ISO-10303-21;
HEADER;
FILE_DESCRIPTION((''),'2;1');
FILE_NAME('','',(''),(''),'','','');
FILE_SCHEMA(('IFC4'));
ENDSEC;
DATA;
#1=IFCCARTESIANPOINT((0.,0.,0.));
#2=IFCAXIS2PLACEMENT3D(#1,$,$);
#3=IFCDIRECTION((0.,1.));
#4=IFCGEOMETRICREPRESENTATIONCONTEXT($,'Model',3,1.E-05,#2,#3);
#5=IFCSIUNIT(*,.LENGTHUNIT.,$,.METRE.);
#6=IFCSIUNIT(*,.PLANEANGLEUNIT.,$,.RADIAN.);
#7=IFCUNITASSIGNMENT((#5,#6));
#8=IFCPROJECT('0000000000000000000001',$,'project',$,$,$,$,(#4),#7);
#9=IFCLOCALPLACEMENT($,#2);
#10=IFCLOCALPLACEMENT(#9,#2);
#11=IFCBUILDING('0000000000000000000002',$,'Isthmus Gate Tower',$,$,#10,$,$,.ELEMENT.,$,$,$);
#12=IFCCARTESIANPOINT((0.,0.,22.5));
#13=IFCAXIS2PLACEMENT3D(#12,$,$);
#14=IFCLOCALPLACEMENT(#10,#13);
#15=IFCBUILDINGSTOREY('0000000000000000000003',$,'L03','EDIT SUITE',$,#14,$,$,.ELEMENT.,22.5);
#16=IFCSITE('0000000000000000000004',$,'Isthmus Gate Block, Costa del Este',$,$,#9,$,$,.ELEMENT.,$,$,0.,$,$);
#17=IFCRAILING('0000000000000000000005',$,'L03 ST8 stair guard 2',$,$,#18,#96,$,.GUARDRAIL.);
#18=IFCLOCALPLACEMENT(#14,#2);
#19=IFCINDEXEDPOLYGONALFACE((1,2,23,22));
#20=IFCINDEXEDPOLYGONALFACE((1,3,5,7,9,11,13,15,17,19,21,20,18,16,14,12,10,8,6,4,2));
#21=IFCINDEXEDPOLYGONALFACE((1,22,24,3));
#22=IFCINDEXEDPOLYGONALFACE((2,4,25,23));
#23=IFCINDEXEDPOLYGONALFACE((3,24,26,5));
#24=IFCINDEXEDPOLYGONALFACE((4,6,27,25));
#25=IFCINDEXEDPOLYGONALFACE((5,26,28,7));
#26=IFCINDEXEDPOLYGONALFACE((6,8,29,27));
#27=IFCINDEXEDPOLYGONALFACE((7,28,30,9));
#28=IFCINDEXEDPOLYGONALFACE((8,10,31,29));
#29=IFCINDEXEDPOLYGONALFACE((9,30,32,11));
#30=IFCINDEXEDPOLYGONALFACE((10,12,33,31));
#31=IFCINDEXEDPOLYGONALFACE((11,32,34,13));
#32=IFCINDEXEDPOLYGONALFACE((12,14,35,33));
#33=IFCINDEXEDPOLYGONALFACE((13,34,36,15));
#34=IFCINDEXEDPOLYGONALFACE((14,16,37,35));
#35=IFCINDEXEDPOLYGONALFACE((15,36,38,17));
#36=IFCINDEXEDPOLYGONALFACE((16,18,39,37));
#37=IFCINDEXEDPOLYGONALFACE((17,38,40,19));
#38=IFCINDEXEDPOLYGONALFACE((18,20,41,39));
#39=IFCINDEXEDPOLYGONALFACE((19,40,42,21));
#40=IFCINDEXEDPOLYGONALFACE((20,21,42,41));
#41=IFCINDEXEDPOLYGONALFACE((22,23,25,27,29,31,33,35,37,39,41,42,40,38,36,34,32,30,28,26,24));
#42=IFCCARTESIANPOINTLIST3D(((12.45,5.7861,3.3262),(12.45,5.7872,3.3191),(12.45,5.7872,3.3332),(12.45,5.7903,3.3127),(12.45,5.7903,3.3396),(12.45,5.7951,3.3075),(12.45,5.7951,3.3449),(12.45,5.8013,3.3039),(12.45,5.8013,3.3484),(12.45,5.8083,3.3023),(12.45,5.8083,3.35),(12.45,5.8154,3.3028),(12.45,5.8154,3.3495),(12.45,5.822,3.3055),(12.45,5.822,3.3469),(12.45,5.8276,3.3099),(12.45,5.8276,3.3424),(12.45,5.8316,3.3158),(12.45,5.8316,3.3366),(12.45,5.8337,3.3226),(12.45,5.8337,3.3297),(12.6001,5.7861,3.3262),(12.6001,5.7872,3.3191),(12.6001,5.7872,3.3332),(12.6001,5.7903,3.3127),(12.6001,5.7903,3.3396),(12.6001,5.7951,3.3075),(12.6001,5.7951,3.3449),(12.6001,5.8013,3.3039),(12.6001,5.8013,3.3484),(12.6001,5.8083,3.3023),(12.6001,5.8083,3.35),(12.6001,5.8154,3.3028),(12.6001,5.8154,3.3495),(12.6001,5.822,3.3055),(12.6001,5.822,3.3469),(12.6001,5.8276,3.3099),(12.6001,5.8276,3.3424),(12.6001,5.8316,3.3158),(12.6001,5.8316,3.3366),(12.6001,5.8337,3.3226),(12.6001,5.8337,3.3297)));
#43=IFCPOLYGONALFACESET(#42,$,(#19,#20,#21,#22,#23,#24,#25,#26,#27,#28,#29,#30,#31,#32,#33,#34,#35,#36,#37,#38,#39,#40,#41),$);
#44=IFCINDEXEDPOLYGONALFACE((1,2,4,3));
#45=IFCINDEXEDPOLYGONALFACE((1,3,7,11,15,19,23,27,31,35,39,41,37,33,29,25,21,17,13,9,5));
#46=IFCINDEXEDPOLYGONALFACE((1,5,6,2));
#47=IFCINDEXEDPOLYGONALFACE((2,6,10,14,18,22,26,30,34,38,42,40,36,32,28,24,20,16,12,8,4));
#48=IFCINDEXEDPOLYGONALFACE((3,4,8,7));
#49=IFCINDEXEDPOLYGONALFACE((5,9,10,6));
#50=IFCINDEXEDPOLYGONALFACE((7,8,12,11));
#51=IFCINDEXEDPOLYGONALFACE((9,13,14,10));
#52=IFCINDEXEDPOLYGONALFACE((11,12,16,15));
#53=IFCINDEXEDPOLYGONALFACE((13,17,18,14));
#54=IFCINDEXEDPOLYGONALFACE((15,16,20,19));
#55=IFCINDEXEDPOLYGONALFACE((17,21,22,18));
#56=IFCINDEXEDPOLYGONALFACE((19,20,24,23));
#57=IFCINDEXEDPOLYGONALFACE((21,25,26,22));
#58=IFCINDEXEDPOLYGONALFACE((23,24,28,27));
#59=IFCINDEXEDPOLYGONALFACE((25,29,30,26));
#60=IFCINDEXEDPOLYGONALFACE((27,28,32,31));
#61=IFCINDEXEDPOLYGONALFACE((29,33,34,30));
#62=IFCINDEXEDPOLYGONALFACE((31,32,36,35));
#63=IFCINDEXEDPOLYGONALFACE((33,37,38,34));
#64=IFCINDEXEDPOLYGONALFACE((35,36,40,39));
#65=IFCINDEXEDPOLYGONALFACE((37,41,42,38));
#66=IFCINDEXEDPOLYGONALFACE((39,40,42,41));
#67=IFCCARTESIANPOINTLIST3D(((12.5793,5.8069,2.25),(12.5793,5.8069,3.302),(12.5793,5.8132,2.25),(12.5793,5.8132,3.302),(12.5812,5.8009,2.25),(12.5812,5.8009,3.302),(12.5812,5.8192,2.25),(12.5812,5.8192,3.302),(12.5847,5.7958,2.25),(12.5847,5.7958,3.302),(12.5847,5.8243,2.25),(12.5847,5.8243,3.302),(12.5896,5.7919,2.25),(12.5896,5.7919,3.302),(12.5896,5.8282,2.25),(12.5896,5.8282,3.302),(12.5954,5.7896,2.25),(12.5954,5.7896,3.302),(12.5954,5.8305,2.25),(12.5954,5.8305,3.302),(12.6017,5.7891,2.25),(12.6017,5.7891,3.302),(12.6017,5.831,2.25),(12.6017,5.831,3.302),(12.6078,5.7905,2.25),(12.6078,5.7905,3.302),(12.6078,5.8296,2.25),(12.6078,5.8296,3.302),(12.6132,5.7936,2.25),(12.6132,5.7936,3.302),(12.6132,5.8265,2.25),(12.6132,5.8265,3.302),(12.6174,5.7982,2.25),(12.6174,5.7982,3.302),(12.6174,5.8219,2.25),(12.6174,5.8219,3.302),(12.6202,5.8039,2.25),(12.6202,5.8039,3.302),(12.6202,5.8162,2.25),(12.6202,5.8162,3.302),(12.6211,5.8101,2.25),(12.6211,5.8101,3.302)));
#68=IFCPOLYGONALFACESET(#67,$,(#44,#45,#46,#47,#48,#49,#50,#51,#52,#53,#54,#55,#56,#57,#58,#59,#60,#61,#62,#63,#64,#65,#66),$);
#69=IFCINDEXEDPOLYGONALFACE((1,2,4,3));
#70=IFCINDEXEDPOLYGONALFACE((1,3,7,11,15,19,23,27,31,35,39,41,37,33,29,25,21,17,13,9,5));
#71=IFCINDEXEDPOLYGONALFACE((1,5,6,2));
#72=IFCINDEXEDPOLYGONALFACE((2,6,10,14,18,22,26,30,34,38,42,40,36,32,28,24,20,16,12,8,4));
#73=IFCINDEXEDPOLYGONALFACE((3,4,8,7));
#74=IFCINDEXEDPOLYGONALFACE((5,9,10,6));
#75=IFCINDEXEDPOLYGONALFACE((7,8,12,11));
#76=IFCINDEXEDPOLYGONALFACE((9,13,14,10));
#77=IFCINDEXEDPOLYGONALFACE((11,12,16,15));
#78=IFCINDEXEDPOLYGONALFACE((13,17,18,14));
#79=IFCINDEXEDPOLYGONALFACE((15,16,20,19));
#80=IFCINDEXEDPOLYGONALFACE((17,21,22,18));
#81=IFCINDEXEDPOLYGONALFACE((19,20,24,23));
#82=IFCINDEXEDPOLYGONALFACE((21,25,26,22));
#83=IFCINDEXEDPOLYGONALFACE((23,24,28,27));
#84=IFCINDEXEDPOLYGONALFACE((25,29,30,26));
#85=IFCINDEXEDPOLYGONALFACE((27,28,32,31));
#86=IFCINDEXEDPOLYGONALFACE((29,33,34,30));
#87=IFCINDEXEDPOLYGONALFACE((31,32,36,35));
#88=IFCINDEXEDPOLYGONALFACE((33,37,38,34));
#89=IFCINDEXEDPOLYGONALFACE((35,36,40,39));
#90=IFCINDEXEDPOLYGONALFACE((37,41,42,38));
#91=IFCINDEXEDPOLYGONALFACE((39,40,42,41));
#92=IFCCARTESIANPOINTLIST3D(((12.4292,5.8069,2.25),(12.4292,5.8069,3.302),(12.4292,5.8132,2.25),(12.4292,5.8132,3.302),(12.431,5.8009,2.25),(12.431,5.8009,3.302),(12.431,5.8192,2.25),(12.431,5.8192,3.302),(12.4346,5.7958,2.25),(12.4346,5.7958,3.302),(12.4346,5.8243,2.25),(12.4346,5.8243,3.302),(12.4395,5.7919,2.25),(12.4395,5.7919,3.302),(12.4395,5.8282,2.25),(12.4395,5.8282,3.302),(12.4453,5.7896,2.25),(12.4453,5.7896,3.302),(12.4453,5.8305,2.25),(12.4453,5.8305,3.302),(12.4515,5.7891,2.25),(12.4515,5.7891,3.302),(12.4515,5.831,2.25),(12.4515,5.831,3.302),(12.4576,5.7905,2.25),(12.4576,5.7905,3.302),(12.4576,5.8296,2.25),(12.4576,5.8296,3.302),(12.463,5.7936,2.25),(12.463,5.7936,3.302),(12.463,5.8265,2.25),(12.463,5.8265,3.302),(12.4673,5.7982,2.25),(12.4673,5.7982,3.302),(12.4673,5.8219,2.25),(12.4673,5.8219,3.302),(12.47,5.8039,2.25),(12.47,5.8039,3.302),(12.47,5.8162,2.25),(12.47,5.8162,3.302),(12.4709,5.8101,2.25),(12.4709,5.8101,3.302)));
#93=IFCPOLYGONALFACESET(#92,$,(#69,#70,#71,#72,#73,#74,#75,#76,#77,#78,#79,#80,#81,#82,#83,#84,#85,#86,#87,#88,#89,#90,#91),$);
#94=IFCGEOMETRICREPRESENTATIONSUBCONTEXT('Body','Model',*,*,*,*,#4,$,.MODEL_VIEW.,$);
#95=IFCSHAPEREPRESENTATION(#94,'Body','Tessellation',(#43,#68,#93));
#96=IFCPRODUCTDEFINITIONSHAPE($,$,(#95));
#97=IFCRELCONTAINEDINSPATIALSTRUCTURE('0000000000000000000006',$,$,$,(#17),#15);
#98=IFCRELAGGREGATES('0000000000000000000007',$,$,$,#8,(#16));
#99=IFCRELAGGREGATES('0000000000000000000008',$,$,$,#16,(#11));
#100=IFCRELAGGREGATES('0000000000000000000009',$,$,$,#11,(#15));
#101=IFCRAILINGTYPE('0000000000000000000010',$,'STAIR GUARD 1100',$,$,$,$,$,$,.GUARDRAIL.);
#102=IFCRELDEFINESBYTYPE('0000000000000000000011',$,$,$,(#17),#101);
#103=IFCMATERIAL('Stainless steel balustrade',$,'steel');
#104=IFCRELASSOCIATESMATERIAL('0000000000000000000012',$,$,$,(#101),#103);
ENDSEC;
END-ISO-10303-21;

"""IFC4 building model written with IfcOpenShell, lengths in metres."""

from ifc_helpers import new_model, si_unit, direction, frame, origin, origin_2d, place, context, subcontext, project, spatial, circle, extrude, material, type_object, element, save


model = new_model("IFC4")

# Units and contexts
model_context = context("Model", 3, precision=1e-05, world=origin(), true_north=direction((0.0, 1.0)))
body_context = subcontext(model_context, "Body", "Model", "MODEL_VIEW")
ifc_project = project(units=[si_unit("LENGTHUNIT", "METRE"), si_unit("PLANEANGLEUNIT", "RADIAN")], contexts=[model_context])

# Site, building, storey
site_placement = place(None, origin())
site = spatial("IfcSite", under=ifc_project, at=site_placement, Name="Isthmus Gate Block, Costa del Este", CompositionType="ELEMENT", RefElevation=0.0)
building_placement = place(site_placement, origin())
building = spatial("IfcBuilding", under=site, at=building_placement, Name="Isthmus Gate Tower", CompositionType="ELEMENT")
storey_placement = place(building_placement, frame((0.0, 0.0, 22.5)))
storey = spatial("IfcBuildingStorey", under=building, at=storey_placement, Name="L03", Description="EDIT SUITE", CompositionType="ELEMENT", Elevation=22.5)

# Railing
ifc_material_1 = material(Name="Stainless steel balustrade", Category="steel")
railing_type_1 = type_object("IfcRailingType", Name="STAIR GUARD 1100", PredefinedType="GUARDRAIL", material=ifc_material_1)
railing_1_placement = place(storey_placement, frame((12.6001, 5.8101, 2.25)))
element("IfcRailing", 1, at=railing_1_placement, inside=storey, type_object=railing_type_1, Name="L03 ST8 stair guard 2", PredefinedType="GUARDRAIL", context=body_context, shape_type="SweptSolid", body=[
    extrude(circle(Radius=0.0239, at=origin_2d()), frame((0.0, 0.0, 1.0762), z_axis=(-1.0, 0.0, 0.0), x_axis=(0.0, -1.0, 0.0)), (0.0, 0.0, 1.0), 0.1501),
    extrude(circle(Radius=0.021, at=origin_2d()), origin(), (0.0, 0.0, 1.0), 1.052),
    extrude(circle(Radius=0.021, at=origin_2d()), frame((-0.1501, 0.0, 0.0)), (0.0, 0.0, 1.0), 1.052),
])

save(model, "model.ifc")
